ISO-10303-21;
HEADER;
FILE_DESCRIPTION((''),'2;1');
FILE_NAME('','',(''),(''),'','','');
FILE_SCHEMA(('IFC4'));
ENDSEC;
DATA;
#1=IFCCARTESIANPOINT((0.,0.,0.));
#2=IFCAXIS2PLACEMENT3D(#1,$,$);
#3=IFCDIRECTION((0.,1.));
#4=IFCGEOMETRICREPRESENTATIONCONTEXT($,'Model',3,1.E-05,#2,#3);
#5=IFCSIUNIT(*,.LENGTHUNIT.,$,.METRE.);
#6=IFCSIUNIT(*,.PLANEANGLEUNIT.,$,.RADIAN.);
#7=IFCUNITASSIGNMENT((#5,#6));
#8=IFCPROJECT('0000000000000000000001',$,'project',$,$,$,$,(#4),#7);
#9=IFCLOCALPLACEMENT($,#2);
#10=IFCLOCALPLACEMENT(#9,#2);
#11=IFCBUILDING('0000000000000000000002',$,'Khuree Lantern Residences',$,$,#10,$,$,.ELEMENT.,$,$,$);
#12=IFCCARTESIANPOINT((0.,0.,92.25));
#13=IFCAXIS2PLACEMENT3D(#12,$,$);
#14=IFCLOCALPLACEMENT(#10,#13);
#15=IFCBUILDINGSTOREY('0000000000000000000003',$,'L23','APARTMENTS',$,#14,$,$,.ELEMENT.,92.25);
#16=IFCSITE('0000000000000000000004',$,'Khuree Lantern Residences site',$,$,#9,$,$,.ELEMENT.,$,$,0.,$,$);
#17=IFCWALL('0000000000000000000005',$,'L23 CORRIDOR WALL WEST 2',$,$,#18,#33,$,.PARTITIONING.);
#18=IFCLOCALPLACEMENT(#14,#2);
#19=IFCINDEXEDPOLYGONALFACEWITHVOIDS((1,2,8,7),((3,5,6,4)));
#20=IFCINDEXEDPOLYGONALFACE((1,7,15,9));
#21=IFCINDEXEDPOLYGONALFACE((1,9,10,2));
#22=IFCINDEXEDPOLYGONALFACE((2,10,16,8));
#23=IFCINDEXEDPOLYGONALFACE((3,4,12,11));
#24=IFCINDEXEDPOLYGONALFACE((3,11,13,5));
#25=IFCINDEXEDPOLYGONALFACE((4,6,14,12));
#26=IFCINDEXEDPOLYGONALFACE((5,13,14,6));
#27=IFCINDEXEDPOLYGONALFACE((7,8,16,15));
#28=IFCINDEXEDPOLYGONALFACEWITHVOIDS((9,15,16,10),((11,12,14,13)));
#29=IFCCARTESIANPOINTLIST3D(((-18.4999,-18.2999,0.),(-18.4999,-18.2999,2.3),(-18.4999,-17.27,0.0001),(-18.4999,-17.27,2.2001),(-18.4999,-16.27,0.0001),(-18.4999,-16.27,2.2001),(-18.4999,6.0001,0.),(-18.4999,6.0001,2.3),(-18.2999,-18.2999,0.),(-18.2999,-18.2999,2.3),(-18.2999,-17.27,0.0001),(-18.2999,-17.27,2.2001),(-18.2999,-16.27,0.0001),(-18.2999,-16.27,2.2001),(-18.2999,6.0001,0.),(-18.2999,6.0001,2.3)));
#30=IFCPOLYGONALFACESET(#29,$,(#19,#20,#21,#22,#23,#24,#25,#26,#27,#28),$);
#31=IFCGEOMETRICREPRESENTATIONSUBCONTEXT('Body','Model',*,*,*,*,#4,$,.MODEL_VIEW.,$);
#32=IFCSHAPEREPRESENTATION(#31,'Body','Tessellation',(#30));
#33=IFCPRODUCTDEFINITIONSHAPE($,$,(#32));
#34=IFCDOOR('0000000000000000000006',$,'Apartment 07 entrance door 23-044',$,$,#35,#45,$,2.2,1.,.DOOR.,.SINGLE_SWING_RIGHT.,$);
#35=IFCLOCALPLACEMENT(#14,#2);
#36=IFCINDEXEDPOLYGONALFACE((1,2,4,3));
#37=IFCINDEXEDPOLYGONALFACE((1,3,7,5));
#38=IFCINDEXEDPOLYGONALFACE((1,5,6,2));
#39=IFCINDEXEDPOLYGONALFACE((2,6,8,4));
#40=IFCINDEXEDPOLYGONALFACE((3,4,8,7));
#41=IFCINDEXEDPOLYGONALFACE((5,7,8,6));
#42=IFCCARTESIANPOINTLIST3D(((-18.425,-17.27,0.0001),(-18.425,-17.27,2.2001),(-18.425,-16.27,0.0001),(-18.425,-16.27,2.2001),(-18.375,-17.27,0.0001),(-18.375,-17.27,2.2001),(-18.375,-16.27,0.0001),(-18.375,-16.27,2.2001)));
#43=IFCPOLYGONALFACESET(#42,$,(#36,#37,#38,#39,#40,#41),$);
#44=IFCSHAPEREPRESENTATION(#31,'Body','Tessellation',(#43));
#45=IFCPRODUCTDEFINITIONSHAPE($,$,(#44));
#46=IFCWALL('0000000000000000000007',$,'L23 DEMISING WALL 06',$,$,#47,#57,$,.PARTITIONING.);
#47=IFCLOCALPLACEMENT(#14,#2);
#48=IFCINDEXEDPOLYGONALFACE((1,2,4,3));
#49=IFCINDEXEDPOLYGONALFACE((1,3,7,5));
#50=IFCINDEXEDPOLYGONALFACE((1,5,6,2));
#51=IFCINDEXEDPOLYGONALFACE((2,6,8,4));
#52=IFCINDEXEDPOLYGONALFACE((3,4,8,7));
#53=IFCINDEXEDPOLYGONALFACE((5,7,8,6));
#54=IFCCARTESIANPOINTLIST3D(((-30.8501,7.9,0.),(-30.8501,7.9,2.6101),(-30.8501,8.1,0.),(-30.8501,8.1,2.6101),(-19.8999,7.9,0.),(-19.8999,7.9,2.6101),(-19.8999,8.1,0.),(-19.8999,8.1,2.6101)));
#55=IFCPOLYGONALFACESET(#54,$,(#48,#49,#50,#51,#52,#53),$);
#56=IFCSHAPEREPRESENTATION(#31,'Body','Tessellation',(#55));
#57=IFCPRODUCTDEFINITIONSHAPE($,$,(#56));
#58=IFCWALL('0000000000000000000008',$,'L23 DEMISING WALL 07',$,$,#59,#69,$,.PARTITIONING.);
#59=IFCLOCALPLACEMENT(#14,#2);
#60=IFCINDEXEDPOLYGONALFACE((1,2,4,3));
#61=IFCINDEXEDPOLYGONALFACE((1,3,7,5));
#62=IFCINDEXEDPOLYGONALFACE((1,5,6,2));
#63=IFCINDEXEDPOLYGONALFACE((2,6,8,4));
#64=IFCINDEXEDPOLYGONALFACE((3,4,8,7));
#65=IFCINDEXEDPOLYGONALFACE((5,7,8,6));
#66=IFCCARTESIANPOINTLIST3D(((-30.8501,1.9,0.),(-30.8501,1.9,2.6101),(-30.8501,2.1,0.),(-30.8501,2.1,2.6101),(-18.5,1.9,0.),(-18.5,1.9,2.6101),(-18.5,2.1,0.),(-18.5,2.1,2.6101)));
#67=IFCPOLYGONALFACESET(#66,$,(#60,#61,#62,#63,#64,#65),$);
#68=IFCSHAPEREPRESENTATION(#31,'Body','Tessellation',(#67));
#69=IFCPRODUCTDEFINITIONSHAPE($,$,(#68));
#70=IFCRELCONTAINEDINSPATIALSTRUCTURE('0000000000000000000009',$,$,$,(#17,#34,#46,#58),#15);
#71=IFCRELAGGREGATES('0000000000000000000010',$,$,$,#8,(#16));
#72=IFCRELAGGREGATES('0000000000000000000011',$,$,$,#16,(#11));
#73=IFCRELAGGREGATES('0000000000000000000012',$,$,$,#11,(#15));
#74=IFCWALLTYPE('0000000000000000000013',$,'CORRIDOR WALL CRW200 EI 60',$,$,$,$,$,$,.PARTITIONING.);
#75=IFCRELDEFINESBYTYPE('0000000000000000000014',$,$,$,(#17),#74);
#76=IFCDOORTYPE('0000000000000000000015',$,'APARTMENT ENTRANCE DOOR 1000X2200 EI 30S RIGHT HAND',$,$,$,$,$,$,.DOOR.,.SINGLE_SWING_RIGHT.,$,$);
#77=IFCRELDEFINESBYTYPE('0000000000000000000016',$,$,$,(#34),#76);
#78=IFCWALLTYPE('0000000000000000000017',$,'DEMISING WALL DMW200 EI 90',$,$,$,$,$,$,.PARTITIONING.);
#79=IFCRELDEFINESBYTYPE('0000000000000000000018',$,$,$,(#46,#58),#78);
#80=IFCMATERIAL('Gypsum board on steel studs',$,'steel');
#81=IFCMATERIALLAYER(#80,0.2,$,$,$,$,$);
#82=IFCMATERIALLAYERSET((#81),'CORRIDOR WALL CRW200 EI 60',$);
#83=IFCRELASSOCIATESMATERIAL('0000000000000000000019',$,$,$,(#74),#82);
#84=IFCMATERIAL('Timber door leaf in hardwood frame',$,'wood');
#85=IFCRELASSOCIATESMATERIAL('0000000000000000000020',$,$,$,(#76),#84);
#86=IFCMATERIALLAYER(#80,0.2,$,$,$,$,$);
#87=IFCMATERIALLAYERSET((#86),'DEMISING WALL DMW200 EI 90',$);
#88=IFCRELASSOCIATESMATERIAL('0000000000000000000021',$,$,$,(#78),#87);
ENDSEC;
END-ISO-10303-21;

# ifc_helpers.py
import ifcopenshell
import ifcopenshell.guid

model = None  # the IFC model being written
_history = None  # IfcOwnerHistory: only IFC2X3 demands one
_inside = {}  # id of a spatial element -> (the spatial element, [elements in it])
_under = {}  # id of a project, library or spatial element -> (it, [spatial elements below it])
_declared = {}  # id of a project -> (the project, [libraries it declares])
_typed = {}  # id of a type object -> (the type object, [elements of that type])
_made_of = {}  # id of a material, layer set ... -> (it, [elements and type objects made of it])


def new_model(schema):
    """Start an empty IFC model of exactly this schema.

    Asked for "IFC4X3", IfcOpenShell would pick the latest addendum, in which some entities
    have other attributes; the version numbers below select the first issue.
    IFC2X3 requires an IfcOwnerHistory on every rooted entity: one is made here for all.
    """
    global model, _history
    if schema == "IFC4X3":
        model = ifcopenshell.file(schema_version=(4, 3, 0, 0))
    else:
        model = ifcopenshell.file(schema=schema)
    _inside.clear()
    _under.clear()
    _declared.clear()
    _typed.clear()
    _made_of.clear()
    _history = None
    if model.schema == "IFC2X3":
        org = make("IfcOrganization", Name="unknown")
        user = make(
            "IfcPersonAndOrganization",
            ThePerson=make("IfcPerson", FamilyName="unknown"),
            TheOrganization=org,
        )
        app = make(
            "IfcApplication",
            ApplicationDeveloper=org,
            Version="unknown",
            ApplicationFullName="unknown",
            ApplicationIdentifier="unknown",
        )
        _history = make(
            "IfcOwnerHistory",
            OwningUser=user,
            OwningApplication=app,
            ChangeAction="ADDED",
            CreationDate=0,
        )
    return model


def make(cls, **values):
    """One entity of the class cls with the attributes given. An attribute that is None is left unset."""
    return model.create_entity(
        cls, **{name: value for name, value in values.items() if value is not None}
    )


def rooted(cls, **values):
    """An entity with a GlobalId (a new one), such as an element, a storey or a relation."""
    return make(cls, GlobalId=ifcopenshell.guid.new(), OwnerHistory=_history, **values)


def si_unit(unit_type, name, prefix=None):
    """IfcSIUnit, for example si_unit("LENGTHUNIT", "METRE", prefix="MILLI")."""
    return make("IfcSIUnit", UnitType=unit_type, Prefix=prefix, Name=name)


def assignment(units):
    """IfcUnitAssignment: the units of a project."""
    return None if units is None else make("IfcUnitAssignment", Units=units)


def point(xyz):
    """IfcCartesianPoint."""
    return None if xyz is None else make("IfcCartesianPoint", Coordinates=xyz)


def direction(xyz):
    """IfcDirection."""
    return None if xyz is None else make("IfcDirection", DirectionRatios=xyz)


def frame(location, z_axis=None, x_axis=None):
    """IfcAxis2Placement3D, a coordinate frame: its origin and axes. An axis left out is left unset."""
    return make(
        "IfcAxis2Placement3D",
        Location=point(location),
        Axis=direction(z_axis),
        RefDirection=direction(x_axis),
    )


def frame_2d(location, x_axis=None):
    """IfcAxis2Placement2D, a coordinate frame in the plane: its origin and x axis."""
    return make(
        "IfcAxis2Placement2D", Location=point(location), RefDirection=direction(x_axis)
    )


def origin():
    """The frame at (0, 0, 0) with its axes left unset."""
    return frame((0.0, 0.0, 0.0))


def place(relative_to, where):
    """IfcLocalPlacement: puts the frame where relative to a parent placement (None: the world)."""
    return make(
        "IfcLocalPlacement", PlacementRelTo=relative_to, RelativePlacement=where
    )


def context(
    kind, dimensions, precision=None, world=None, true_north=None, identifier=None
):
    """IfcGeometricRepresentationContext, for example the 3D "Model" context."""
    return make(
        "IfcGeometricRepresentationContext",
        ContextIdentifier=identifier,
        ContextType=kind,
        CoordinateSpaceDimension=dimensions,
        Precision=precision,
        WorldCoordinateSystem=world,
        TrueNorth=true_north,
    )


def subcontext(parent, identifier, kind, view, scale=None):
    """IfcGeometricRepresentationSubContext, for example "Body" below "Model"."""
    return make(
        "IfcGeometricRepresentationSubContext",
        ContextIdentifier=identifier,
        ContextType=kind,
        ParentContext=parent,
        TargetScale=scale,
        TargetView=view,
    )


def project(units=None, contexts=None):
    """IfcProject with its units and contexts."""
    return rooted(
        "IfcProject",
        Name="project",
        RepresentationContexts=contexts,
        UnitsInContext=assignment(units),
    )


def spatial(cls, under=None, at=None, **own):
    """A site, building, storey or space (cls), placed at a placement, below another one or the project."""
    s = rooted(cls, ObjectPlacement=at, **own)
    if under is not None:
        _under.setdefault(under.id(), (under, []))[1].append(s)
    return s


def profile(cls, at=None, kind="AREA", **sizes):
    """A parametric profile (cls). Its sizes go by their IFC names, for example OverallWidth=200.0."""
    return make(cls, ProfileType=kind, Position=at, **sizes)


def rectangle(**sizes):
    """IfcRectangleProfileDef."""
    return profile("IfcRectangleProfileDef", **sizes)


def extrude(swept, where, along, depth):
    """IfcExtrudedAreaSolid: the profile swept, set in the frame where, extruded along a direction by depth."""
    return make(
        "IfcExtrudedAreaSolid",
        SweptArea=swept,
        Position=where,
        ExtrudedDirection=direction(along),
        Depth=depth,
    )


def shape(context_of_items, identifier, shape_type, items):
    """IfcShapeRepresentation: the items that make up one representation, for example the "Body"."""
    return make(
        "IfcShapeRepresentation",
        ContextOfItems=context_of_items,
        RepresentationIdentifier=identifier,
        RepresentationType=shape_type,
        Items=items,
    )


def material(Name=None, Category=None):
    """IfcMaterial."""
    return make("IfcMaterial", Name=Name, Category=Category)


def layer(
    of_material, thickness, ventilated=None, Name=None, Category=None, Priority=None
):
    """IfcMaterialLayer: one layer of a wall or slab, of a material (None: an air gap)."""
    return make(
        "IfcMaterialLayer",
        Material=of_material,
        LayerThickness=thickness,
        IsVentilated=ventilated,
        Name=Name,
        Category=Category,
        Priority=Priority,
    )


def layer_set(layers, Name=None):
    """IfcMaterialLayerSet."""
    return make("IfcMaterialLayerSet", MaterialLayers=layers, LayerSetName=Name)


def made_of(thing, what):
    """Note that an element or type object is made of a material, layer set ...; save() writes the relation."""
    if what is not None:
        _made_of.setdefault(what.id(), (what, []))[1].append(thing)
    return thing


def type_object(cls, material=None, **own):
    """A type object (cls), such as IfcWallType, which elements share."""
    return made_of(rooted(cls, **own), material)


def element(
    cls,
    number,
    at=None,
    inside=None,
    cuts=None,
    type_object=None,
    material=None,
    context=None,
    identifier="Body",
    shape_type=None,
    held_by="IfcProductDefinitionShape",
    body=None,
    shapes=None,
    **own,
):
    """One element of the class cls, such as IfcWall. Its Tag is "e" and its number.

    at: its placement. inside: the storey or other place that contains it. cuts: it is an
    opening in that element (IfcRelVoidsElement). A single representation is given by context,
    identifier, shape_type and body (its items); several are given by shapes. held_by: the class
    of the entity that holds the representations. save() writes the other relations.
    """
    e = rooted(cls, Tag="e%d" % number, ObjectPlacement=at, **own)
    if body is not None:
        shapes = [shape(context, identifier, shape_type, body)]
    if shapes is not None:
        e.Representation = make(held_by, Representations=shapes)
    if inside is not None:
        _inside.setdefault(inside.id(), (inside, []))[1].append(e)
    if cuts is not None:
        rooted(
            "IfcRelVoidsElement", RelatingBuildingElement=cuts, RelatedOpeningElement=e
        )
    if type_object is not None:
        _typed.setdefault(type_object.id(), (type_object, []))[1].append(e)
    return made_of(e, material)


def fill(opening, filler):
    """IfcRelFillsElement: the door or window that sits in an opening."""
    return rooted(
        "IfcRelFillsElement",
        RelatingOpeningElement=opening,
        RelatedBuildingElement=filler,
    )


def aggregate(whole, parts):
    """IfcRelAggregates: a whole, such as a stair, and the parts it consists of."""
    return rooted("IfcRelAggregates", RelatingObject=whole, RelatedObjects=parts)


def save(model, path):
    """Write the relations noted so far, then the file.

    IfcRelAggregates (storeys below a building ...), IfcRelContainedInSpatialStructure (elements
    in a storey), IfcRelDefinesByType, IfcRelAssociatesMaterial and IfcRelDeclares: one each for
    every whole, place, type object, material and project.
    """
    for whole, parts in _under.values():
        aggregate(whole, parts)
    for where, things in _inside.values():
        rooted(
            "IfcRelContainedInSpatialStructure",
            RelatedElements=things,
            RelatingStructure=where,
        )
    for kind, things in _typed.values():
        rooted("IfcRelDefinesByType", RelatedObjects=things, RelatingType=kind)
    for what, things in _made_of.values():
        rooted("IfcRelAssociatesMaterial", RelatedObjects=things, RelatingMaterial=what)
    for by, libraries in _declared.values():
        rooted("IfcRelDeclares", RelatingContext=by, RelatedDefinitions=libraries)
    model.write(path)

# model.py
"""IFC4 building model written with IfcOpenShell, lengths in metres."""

from ifc_helpers import new_model, si_unit, direction, frame, frame_2d, origin, place, context, subcontext, project, spatial, rectangle, extrude, material, layer, layer_set, type_object, element, fill, save


model = new_model("IFC4")

# Units and contexts
model_context = context("Model", 3, precision=1e-05, world=origin(), true_north=direction((0.0, 1.0)))
body_context = subcontext(model_context, "Body", "Model", "MODEL_VIEW")
ifc_project = project(units=[si_unit("LENGTHUNIT", "METRE"), si_unit("PLANEANGLEUNIT", "RADIAN")], contexts=[model_context])

# Site, building, storey
site_placement = place(None, origin())
site = spatial("IfcSite", under=ifc_project, at=site_placement, Name="Khuree Lantern Residences site", CompositionType="ELEMENT", RefElevation=0.0)
building_placement = place(site_placement, origin())
building = spatial("IfcBuilding", under=site, at=building_placement, Name="Khuree Lantern Residences", CompositionType="ELEMENT")
storey_placement = place(building_placement, frame((0.0, 0.0, 92.25)))
storey = spatial("IfcBuildingStorey", under=building, at=storey_placement, Name="L23", Description="APARTMENTS", CompositionType="ELEMENT", Elevation=92.25)

# Shared definitions
ifc_material_1 = material(Name="Gypsum board on steel studs", Category="steel")
ifc_layer_1 = layer(ifc_material_1, 0.2)
ifc_layer_set_1 = layer_set([ifc_layer_1], Name="CORRIDOR WALL CRW200 EI 60")
wall_type_1 = type_object("IfcWallType", Name="CORRIDOR WALL CRW200 EI 60", PredefinedType="PARTITIONING", material=ifc_layer_set_1)

# Shared definitions
ifc_material_2 = material(Name="Timber door leaf in hardwood frame", Category="wood")
door_type_1 = type_object("IfcDoorType", Name="APARTMENT ENTRANCE DOOR 1000X2200 EI 30S RIGHT HAND", OperationType="SINGLE_SWING_RIGHT", PredefinedType="DOOR", material=ifc_material_2)

# Wall, opening, door
wall_1_placement = place(storey_placement, frame((-18.3999, 6.0, 0.0), z_axis=(0.0, 0.0, 1.0), x_axis=(0.0, -1.0, 0.0)))
wall_1 = element("IfcWall", 1, at=wall_1_placement, inside=storey, type_object=wall_type_1, Name="L23 CORRIDOR WALL WEST 2", PredefinedType="PARTITIONING", context=body_context, shape_type="SweptSolid", body=[
    extrude(rectangle(XDim=24.3, YDim=0.2, at=frame_2d((12.1499, 0.0))), origin(), (0.0, 0.0, 1.0), 2.3),
])
opening_1_placement = place(wall_1_placement, frame((22.27, 0.0, 0.0)))
opening_1 = element("IfcOpeningElement", 2, at=opening_1_placement, cuts=wall_1, PredefinedType="OPENING", context=body_context, shape_type="SweptSolid", body=[
    extrude(rectangle(XDim=1.0, YDim=2.2, at=frame_2d((0.5, 1.1001))), frame((0.0, 0.1099, 0.0), z_axis=(0.0, -1.0, 0.0), x_axis=(1.0, 0.0, 0.0)), (0.0, 0.0, 1.0), 0.22),
])
door_1_placement = place(opening_1_placement, origin())
door_1 = element("IfcDoor", 3, at=door_1_placement, inside=storey, type_object=door_type_1, Name="Apartment 07 entrance door 23-044", OperationType="SINGLE_SWING_RIGHT", OverallHeight=2.2, OverallWidth=1.0, PredefinedType="DOOR", context=body_context, shape_type="SweptSolid", body=[
    extrude(rectangle(XDim=1.0, YDim=2.2, at=frame_2d((0.5, 1.1001))), frame((0.0, 0.0249, 0.0), z_axis=(0.0, -1.0, 0.0), x_axis=(1.0, 0.0, 0.0)), (0.0, 0.0, 1.0), 0.05),
])
fill(opening_1, door_1)

# Walls
ifc_layer_2 = layer(ifc_material_1, 0.2)
ifc_layer_set_2 = layer_set([ifc_layer_2], Name="DEMISING WALL DMW200 EI 90")
wall_type_2 = type_object("IfcWallType", Name="DEMISING WALL DMW200 EI 90", PredefinedType="PARTITIONING", material=ifc_layer_set_2)
wall_2_placement = place(storey_placement, frame((-19.8999, 8.0, 0.0), z_axis=(0.0, 0.0, 1.0), x_axis=(-1.0, 0.0, 0.0)))
element("IfcWall", 4, at=wall_2_placement, inside=storey, type_object=wall_type_2, Name="L23 DEMISING WALL 06", PredefinedType="PARTITIONING", context=body_context, shape_type="SweptSolid", body=[
    extrude(rectangle(XDim=10.9502, YDim=0.2, at=frame_2d((5.4751, 0.0))), origin(), (0.0, 0.0, 1.0), 2.6101),
])
wall_3_placement = place(storey_placement, frame((-18.5, 2.0, 0.0), z_axis=(0.0, 0.0, 1.0), x_axis=(-1.0, 0.0, 0.0)))
element("IfcWall", 5, at=wall_3_placement, inside=storey, type_object=wall_type_2, Name="L23 DEMISING WALL 07", PredefinedType="PARTITIONING", context=body_context, shape_type="SweptSolid", body=[
    extrude(rectangle(XDim=12.3501, YDim=0.2, at=frame_2d((6.175, 0.0))), origin(), (0.0, 0.0, 1.0), 2.6101),
])

save(model, "model.ifc")
